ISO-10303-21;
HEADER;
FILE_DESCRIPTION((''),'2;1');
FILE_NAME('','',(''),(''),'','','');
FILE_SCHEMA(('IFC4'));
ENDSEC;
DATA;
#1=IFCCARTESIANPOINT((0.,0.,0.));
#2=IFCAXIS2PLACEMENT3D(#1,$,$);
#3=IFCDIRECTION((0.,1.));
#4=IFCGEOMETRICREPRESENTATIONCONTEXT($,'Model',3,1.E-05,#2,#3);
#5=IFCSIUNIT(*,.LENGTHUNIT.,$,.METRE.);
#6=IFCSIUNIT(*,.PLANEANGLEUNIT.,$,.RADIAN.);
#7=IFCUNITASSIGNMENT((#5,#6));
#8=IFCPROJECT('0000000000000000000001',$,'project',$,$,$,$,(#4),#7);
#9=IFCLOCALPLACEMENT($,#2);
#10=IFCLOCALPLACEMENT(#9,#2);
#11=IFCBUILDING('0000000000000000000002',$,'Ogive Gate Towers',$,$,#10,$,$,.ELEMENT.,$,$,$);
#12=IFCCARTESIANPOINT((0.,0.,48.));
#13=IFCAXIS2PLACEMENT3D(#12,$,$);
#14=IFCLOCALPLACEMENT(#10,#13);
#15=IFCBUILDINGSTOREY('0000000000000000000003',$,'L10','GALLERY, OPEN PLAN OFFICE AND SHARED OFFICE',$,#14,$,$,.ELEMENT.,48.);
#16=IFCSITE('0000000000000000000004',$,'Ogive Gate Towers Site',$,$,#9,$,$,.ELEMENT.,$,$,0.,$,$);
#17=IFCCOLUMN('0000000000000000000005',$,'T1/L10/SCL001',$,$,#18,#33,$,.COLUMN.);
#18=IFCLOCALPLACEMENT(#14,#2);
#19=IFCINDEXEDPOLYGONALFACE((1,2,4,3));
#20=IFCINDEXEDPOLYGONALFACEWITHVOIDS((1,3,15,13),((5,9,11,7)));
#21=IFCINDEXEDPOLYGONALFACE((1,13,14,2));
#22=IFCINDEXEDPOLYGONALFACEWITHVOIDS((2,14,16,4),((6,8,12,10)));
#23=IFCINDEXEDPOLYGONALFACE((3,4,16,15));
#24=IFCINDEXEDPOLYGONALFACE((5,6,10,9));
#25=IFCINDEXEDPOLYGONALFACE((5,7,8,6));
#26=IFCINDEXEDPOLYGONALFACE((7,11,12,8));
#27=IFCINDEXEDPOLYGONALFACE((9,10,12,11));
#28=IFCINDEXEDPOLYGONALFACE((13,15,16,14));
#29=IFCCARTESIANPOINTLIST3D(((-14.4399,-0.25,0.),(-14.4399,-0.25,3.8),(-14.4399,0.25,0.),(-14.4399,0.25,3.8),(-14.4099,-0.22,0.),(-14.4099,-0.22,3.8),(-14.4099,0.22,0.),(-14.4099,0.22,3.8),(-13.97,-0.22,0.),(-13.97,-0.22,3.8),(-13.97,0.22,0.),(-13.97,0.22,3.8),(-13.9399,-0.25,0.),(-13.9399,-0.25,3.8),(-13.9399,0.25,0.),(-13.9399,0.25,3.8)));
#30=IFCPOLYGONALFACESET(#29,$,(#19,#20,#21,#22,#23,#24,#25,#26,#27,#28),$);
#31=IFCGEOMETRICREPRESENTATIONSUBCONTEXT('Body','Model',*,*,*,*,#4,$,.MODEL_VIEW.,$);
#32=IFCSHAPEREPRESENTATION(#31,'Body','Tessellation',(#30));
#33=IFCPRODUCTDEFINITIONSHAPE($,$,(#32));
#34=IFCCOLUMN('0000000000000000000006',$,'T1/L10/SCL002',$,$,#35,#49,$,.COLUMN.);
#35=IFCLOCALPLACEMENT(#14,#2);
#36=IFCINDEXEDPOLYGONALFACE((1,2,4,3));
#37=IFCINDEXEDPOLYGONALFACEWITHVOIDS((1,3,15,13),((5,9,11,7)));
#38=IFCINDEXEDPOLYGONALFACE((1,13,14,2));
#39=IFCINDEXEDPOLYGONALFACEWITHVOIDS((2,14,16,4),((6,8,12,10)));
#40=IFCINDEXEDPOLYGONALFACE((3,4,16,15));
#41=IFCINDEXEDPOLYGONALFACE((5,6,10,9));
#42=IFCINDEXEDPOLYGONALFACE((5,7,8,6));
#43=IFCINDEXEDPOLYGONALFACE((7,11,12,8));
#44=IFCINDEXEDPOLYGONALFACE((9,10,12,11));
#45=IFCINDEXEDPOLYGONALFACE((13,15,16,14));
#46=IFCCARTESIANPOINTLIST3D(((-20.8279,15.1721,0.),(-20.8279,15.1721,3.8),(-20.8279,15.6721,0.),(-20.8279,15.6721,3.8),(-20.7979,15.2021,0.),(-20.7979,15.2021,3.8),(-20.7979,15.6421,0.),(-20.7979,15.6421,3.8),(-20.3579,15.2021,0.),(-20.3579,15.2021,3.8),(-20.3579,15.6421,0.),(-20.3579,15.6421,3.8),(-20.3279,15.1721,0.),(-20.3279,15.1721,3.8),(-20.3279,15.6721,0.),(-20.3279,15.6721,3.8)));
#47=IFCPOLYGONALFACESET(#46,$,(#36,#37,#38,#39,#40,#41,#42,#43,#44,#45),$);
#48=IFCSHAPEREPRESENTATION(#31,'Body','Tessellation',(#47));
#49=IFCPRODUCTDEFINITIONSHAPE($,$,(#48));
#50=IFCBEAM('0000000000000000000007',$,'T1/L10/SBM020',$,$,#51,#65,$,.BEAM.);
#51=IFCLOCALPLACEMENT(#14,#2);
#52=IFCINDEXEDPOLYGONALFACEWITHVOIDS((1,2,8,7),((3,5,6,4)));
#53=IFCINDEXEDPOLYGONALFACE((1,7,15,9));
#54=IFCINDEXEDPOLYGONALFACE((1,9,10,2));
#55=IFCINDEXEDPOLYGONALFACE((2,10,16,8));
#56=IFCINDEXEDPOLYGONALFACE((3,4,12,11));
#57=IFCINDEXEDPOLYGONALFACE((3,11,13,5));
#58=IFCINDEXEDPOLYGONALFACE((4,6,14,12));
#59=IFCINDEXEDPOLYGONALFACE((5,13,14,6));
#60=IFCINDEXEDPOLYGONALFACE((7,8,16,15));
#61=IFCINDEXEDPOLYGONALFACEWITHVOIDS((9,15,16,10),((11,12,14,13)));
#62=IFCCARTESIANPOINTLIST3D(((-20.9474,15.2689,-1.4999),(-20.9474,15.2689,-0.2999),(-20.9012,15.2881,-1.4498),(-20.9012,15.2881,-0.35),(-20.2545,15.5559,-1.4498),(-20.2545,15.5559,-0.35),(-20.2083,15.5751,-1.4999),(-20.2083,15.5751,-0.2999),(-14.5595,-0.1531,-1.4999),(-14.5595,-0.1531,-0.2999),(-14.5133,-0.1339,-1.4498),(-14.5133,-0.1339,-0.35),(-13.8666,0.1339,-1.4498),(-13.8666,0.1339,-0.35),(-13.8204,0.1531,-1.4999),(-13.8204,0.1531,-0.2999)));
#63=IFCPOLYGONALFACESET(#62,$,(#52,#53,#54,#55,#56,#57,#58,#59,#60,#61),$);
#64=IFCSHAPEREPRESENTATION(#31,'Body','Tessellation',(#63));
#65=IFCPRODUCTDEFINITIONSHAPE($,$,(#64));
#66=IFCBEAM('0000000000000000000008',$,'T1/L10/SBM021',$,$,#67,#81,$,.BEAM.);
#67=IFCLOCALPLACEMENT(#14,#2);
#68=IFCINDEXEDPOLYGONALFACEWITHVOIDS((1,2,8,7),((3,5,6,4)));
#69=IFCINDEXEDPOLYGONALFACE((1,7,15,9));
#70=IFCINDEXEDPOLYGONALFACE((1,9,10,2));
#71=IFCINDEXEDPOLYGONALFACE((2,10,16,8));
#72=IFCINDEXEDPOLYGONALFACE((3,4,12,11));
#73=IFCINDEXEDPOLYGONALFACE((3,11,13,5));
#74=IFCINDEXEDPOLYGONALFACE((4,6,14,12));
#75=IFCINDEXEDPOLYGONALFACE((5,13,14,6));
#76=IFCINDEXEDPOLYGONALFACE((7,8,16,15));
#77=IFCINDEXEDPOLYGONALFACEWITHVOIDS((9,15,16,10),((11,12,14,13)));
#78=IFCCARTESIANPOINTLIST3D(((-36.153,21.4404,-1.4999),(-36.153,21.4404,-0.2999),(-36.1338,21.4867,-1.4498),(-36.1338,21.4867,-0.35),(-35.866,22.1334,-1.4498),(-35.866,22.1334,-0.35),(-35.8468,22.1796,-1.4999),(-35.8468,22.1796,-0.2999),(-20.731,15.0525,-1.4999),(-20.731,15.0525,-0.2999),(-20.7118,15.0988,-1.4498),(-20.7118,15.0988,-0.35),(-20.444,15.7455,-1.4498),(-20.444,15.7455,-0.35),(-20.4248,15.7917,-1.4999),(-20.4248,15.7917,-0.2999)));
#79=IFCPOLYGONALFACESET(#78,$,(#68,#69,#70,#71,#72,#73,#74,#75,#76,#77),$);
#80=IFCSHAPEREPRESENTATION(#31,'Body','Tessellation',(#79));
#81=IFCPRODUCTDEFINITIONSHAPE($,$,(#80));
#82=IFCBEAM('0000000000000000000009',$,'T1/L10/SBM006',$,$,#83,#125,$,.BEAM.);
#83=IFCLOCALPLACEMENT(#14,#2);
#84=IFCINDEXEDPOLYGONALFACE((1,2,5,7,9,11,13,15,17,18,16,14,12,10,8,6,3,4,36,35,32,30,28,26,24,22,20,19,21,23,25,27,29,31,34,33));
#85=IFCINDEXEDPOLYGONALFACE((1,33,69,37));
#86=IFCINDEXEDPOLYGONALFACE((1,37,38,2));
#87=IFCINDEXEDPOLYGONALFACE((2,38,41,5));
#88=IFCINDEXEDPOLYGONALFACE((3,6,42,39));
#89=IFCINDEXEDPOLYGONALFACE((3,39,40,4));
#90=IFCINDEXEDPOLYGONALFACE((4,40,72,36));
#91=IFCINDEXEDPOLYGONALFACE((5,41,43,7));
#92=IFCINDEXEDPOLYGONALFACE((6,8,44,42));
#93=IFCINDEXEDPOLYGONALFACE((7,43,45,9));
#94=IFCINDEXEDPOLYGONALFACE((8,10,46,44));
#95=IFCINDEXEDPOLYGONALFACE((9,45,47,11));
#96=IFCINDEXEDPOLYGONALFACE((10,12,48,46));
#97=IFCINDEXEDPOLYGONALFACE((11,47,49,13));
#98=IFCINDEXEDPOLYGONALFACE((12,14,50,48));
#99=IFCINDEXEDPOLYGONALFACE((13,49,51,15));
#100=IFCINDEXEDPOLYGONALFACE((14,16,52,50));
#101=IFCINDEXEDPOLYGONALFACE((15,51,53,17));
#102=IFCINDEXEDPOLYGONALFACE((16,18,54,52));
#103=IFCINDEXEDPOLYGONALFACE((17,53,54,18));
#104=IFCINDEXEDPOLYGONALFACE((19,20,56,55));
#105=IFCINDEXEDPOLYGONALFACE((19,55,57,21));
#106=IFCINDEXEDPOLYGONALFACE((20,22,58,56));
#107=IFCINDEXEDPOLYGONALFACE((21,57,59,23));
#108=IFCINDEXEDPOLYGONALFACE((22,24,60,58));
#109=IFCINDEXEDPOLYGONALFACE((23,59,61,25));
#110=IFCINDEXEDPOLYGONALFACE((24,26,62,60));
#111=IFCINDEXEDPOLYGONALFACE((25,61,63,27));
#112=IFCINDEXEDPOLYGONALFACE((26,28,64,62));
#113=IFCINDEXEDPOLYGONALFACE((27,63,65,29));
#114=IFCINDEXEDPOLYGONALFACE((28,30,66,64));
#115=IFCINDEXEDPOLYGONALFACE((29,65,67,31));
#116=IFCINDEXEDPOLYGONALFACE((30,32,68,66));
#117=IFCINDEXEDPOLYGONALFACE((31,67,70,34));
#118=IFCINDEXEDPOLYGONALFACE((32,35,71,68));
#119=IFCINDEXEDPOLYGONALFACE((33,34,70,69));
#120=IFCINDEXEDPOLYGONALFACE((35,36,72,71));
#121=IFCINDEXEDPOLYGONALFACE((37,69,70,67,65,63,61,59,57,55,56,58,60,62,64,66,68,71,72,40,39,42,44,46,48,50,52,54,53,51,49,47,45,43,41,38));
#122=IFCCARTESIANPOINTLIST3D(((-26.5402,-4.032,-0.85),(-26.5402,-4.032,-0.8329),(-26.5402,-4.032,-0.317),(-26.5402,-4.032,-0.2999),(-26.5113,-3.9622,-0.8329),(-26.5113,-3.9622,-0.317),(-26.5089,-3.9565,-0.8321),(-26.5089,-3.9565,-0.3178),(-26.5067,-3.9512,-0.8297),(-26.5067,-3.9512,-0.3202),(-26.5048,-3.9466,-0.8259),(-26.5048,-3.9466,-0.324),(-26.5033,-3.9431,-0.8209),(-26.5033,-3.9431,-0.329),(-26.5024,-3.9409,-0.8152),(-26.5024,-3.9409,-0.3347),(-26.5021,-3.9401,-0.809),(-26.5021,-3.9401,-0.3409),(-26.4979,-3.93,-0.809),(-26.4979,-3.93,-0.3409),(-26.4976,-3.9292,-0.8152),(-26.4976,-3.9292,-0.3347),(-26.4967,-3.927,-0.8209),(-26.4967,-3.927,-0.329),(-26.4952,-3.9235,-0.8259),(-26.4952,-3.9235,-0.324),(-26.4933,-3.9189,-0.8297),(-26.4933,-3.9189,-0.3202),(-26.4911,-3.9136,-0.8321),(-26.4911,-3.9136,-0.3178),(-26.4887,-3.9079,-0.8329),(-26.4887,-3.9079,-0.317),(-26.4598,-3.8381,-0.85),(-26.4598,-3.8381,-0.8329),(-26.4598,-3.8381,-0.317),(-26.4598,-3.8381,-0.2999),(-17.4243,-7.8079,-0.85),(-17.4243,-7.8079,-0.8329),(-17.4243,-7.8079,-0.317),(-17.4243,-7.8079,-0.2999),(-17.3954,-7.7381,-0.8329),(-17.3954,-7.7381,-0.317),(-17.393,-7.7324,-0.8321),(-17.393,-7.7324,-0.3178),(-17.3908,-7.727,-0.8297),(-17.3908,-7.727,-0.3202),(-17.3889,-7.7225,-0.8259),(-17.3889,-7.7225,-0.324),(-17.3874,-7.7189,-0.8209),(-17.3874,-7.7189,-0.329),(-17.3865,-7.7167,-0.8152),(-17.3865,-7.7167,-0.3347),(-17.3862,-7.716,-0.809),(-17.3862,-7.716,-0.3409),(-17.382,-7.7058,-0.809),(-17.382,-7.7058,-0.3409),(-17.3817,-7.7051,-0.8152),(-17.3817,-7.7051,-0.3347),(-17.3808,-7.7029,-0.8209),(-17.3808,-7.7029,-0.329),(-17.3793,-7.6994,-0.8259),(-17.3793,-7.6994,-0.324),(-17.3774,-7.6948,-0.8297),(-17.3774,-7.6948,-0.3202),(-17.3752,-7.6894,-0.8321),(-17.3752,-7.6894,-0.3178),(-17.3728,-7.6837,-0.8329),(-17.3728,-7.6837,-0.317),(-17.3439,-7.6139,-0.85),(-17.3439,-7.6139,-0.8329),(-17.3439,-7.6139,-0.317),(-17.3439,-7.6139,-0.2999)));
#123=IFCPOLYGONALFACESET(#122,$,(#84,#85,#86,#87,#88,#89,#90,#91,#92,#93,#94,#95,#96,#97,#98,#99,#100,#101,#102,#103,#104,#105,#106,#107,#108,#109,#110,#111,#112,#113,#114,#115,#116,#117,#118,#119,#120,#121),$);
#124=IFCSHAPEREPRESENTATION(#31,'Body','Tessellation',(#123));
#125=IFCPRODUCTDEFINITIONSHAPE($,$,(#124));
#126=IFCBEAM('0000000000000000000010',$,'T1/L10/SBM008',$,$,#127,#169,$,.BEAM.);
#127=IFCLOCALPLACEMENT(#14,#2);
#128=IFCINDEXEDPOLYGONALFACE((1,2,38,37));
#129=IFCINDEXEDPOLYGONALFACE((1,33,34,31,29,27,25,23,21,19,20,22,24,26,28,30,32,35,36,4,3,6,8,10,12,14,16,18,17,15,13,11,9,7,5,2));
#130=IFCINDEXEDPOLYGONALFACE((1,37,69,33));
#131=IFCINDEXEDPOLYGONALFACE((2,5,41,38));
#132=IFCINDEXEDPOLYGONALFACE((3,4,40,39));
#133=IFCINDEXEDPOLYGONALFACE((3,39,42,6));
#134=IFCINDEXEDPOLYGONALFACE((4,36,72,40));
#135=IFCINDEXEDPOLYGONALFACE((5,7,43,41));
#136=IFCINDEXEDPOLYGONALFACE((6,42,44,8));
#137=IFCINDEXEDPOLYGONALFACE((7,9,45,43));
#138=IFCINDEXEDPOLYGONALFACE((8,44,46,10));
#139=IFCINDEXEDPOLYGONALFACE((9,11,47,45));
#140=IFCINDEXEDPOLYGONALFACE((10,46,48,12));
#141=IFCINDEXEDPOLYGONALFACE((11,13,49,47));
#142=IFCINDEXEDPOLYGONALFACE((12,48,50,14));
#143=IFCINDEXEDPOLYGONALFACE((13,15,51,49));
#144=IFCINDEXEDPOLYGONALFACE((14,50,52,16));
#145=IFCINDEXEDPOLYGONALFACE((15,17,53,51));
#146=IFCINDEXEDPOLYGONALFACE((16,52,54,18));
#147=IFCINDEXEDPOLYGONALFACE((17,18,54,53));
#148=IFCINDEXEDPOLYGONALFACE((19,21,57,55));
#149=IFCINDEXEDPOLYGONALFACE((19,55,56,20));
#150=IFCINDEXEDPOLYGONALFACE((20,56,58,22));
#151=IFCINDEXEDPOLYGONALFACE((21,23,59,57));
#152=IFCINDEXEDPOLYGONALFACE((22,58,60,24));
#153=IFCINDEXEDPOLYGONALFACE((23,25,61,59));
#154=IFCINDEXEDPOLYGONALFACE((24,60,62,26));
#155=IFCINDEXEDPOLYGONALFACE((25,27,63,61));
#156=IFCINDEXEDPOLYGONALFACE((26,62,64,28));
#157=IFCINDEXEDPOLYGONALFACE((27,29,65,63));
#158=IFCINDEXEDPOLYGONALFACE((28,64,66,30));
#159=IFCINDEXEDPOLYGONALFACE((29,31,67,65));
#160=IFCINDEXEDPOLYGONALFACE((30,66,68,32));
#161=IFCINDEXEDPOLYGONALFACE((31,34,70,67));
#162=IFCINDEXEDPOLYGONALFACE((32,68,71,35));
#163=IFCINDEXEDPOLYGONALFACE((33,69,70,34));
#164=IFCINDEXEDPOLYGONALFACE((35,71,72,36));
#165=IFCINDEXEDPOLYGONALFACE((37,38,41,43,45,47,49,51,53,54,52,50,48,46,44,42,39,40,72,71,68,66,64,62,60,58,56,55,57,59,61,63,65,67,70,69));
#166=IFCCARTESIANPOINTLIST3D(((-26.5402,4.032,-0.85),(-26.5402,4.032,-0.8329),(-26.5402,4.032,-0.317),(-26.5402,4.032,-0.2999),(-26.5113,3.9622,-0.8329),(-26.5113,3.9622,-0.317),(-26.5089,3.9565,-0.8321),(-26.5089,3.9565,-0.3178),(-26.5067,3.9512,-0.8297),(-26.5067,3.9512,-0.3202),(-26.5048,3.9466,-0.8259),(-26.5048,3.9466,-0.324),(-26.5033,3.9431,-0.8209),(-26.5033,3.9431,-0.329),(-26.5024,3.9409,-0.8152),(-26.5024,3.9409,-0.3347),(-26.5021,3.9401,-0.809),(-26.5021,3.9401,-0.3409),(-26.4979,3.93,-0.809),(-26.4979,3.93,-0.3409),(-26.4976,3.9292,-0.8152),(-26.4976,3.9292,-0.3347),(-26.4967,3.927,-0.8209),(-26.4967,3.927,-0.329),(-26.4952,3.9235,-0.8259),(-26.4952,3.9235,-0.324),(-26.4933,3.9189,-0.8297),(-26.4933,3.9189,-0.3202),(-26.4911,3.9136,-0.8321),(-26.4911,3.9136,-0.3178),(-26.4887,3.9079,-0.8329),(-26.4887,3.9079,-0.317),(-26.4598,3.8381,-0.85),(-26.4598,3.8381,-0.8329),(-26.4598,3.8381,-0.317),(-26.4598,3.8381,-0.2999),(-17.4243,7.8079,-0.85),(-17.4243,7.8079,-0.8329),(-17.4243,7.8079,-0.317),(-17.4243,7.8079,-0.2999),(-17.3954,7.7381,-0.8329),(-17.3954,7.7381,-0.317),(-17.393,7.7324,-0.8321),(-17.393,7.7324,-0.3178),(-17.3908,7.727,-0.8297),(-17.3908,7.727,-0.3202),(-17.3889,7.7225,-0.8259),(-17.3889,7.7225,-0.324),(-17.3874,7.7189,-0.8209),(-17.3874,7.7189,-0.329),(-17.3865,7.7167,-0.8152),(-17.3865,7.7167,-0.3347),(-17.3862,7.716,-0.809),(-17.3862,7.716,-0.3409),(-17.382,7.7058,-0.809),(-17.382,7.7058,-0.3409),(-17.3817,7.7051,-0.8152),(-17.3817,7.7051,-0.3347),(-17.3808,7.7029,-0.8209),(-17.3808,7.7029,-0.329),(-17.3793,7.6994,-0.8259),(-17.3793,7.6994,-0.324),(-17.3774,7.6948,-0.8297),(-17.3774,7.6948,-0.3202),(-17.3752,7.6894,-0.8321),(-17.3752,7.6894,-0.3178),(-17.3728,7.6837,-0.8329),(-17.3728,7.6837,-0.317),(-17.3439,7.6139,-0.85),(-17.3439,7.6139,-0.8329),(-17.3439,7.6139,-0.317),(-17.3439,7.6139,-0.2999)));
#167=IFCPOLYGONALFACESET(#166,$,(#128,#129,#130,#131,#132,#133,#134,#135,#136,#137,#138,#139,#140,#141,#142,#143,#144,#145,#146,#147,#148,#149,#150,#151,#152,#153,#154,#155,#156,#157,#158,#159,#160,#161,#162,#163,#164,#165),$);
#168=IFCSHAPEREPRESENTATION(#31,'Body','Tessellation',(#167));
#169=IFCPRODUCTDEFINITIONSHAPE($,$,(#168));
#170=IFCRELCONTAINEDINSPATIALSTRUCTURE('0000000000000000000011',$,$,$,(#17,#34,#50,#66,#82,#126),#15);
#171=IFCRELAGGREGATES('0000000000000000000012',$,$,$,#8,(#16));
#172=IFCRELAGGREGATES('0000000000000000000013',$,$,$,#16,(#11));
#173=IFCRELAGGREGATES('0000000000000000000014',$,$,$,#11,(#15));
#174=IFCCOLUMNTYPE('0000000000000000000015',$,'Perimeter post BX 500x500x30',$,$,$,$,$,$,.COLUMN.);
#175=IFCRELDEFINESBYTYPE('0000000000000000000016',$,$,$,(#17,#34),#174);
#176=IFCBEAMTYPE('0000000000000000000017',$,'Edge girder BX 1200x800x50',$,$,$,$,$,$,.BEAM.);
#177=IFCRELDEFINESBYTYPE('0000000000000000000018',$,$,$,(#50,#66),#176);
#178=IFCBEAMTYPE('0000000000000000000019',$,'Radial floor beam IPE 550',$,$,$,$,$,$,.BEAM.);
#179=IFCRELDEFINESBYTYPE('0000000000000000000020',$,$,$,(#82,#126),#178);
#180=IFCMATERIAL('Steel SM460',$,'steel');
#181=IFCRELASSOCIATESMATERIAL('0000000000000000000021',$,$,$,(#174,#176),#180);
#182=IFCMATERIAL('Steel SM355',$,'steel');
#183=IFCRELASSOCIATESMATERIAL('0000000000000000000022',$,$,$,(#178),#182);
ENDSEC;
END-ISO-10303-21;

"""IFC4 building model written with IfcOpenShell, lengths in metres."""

from ifc_helpers import new_model, si_unit, direction, frame, origin, origin_2d, place, context, subcontext, project, spatial, hollow_rectangle, i_section, extrude, material, material_profile, profile_set, type_object, element, save


model = new_model("IFC4")

# Units and contexts
model_context = context("Model", 3, precision=1e-05, world=origin(), true_north=direction((0.0, 1.0)))
body_context = subcontext(model_context, "Body", "Model", "MODEL_VIEW")
ifc_project = project(units=[si_unit("LENGTHUNIT", "METRE"), si_unit("PLANEANGLEUNIT", "RADIAN")], contexts=[model_context])

# Site, building, storey
site_placement = place(None, origin())
site = spatial("IfcSite", under=ifc_project, at=site_placement, Name="Ogive Gate Towers Site", CompositionType="ELEMENT", RefElevation=0.0)
building_placement = place(site_placement, origin())
building = spatial("IfcBuilding", under=site, at=building_placement, Name="Ogive Gate Towers", CompositionType="ELEMENT")
storey_placement = place(building_placement, frame((0.0, 0.0, 48.0)))
storey = spatial("IfcBuildingStorey", under=building, at=storey_placement, Name="L10", Description="GALLERY, OPEN PLAN OFFICE AND SHARED OFFICE", CompositionType="ELEMENT", Elevation=48.0)

# Columns
ifc_material_1 = material(Name="Steel SM460", Category="steel")
ifc_material_profile_1 = material_profile(ifc_material_1, hollow_rectangle(XDim=0.5, YDim=0.5, WallThickness=0.03, at=origin_2d()), Name="BX 500x500x30")
ifc_profile_set_1 = profile_set([ifc_material_profile_1], Name="Steel SM460")
column_type = type_object("IfcColumnType", Name="Perimeter post BX 500x500x30", PredefinedType="COLUMN", material=ifc_profile_set_1)
for number, where, z_axis, x_axis, name in (
    (1, (-14.1899, 0.0, 0.0), (0.0, 0.0, 1.0), (1.0, 0.0, 0.0), "T1/L10/SCL001"),
    (2, (-20.5779, 15.4221, 0.0), (0.0, 0.0, 1.0), (1.0, 0.0, 0.0), "T1/L10/SCL002"),
):
    element("IfcColumn", number, at=place(storey_placement, frame(where, z_axis=z_axis, x_axis=x_axis)), inside=storey, type_object=column_type, Name=name, PredefinedType="COLUMN", context=body_context, shape_type="SweptSolid", body=[
        extrude(hollow_rectangle(XDim=0.5, YDim=0.5, WallThickness=0.03, at=origin_2d()), origin(), (0.0, 0.0, 1.0), 3.8),
    ])

# Beams
ifc_material_profile_2 = material_profile(ifc_material_1, hollow_rectangle(XDim=0.8, YDim=1.2, WallThickness=0.05, at=origin_2d()), Name="BX 1200x800x50")
ifc_profile_set_2 = profile_set([ifc_material_profile_2], Name="Steel SM460")
beam_type_1 = type_object("IfcBeamType", Name="Edge girder BX 1200x800x50", PredefinedType="BEAM", material=ifc_profile_set_2)
for number, where, z_axis, x_axis, name in (
    (3, (-14.1899, 0.0, -0.8999), (-0.382678, 0.923882, 0.0), (-0.923882, -0.382678, 0.0), "T1/L10/SBM020"),
    (4, (-20.5779, 15.4221, -0.8999), (-0.923882, 0.382678, 0.0), (-0.382678, -0.923882, 0.0), "T1/L10/SBM021"),
):
    element("IfcBeam", number, at=place(storey_placement, frame(where, z_axis=z_axis, x_axis=x_axis)), inside=storey, type_object=beam_type_1, Name=name, PredefinedType="BEAM", context=body_context, shape_type="SweptSolid", body=[
        extrude(hollow_rectangle(XDim=0.8, YDim=1.2, WallThickness=0.05, at=origin_2d()), origin(), (0.0, 0.0, 1.0), 16.6926),
    ])
ifc_material_2 = material(Name="Steel SM355", Category="steel")
ifc_material_profile_3 = material_profile(ifc_material_2, i_section(OverallWidth=0.21, OverallDepth=0.55, WebThickness=0.011, FlangeThickness=0.0171, FilletRadius=0.0239, at=origin_2d()), Name="IPE 550")
ifc_profile_set_3 = profile_set([ifc_material_profile_3], Name="Steel SM355")
beam_type_2 = type_object("IfcBeamType", Name="Radial floor beam IPE 550", PredefinedType="BEAM", material=ifc_profile_set_3)
for number, where, z_axis, x_axis, name in (
    (5, (-26.5, -3.9351, -0.575), (0.923882, -0.382677, 0.0), (0.382677, 0.923882, 0.0), "T1/L10/SBM006"),
    (6, (-26.5, 3.9351, -0.575), (0.923882, 0.382677, 0.0), (-0.382677, 0.923882, 0.0), "T1/L10/SBM008"),
):
    element("IfcBeam", number, at=place(storey_placement, frame(where, z_axis=z_axis, x_axis=x_axis)), inside=storey, type_object=beam_type_2, Name=name, PredefinedType="BEAM", context=body_context, shape_type="SweptSolid", body=[
        extrude(i_section(OverallWidth=0.21, OverallDepth=0.55, WebThickness=0.011, FlangeThickness=0.0171, FilletRadius=0.0239, at=origin_2d()), origin(), (0.0, 0.0, 1.0), 9.8669),
    ])

save(model, "model.ifc")
